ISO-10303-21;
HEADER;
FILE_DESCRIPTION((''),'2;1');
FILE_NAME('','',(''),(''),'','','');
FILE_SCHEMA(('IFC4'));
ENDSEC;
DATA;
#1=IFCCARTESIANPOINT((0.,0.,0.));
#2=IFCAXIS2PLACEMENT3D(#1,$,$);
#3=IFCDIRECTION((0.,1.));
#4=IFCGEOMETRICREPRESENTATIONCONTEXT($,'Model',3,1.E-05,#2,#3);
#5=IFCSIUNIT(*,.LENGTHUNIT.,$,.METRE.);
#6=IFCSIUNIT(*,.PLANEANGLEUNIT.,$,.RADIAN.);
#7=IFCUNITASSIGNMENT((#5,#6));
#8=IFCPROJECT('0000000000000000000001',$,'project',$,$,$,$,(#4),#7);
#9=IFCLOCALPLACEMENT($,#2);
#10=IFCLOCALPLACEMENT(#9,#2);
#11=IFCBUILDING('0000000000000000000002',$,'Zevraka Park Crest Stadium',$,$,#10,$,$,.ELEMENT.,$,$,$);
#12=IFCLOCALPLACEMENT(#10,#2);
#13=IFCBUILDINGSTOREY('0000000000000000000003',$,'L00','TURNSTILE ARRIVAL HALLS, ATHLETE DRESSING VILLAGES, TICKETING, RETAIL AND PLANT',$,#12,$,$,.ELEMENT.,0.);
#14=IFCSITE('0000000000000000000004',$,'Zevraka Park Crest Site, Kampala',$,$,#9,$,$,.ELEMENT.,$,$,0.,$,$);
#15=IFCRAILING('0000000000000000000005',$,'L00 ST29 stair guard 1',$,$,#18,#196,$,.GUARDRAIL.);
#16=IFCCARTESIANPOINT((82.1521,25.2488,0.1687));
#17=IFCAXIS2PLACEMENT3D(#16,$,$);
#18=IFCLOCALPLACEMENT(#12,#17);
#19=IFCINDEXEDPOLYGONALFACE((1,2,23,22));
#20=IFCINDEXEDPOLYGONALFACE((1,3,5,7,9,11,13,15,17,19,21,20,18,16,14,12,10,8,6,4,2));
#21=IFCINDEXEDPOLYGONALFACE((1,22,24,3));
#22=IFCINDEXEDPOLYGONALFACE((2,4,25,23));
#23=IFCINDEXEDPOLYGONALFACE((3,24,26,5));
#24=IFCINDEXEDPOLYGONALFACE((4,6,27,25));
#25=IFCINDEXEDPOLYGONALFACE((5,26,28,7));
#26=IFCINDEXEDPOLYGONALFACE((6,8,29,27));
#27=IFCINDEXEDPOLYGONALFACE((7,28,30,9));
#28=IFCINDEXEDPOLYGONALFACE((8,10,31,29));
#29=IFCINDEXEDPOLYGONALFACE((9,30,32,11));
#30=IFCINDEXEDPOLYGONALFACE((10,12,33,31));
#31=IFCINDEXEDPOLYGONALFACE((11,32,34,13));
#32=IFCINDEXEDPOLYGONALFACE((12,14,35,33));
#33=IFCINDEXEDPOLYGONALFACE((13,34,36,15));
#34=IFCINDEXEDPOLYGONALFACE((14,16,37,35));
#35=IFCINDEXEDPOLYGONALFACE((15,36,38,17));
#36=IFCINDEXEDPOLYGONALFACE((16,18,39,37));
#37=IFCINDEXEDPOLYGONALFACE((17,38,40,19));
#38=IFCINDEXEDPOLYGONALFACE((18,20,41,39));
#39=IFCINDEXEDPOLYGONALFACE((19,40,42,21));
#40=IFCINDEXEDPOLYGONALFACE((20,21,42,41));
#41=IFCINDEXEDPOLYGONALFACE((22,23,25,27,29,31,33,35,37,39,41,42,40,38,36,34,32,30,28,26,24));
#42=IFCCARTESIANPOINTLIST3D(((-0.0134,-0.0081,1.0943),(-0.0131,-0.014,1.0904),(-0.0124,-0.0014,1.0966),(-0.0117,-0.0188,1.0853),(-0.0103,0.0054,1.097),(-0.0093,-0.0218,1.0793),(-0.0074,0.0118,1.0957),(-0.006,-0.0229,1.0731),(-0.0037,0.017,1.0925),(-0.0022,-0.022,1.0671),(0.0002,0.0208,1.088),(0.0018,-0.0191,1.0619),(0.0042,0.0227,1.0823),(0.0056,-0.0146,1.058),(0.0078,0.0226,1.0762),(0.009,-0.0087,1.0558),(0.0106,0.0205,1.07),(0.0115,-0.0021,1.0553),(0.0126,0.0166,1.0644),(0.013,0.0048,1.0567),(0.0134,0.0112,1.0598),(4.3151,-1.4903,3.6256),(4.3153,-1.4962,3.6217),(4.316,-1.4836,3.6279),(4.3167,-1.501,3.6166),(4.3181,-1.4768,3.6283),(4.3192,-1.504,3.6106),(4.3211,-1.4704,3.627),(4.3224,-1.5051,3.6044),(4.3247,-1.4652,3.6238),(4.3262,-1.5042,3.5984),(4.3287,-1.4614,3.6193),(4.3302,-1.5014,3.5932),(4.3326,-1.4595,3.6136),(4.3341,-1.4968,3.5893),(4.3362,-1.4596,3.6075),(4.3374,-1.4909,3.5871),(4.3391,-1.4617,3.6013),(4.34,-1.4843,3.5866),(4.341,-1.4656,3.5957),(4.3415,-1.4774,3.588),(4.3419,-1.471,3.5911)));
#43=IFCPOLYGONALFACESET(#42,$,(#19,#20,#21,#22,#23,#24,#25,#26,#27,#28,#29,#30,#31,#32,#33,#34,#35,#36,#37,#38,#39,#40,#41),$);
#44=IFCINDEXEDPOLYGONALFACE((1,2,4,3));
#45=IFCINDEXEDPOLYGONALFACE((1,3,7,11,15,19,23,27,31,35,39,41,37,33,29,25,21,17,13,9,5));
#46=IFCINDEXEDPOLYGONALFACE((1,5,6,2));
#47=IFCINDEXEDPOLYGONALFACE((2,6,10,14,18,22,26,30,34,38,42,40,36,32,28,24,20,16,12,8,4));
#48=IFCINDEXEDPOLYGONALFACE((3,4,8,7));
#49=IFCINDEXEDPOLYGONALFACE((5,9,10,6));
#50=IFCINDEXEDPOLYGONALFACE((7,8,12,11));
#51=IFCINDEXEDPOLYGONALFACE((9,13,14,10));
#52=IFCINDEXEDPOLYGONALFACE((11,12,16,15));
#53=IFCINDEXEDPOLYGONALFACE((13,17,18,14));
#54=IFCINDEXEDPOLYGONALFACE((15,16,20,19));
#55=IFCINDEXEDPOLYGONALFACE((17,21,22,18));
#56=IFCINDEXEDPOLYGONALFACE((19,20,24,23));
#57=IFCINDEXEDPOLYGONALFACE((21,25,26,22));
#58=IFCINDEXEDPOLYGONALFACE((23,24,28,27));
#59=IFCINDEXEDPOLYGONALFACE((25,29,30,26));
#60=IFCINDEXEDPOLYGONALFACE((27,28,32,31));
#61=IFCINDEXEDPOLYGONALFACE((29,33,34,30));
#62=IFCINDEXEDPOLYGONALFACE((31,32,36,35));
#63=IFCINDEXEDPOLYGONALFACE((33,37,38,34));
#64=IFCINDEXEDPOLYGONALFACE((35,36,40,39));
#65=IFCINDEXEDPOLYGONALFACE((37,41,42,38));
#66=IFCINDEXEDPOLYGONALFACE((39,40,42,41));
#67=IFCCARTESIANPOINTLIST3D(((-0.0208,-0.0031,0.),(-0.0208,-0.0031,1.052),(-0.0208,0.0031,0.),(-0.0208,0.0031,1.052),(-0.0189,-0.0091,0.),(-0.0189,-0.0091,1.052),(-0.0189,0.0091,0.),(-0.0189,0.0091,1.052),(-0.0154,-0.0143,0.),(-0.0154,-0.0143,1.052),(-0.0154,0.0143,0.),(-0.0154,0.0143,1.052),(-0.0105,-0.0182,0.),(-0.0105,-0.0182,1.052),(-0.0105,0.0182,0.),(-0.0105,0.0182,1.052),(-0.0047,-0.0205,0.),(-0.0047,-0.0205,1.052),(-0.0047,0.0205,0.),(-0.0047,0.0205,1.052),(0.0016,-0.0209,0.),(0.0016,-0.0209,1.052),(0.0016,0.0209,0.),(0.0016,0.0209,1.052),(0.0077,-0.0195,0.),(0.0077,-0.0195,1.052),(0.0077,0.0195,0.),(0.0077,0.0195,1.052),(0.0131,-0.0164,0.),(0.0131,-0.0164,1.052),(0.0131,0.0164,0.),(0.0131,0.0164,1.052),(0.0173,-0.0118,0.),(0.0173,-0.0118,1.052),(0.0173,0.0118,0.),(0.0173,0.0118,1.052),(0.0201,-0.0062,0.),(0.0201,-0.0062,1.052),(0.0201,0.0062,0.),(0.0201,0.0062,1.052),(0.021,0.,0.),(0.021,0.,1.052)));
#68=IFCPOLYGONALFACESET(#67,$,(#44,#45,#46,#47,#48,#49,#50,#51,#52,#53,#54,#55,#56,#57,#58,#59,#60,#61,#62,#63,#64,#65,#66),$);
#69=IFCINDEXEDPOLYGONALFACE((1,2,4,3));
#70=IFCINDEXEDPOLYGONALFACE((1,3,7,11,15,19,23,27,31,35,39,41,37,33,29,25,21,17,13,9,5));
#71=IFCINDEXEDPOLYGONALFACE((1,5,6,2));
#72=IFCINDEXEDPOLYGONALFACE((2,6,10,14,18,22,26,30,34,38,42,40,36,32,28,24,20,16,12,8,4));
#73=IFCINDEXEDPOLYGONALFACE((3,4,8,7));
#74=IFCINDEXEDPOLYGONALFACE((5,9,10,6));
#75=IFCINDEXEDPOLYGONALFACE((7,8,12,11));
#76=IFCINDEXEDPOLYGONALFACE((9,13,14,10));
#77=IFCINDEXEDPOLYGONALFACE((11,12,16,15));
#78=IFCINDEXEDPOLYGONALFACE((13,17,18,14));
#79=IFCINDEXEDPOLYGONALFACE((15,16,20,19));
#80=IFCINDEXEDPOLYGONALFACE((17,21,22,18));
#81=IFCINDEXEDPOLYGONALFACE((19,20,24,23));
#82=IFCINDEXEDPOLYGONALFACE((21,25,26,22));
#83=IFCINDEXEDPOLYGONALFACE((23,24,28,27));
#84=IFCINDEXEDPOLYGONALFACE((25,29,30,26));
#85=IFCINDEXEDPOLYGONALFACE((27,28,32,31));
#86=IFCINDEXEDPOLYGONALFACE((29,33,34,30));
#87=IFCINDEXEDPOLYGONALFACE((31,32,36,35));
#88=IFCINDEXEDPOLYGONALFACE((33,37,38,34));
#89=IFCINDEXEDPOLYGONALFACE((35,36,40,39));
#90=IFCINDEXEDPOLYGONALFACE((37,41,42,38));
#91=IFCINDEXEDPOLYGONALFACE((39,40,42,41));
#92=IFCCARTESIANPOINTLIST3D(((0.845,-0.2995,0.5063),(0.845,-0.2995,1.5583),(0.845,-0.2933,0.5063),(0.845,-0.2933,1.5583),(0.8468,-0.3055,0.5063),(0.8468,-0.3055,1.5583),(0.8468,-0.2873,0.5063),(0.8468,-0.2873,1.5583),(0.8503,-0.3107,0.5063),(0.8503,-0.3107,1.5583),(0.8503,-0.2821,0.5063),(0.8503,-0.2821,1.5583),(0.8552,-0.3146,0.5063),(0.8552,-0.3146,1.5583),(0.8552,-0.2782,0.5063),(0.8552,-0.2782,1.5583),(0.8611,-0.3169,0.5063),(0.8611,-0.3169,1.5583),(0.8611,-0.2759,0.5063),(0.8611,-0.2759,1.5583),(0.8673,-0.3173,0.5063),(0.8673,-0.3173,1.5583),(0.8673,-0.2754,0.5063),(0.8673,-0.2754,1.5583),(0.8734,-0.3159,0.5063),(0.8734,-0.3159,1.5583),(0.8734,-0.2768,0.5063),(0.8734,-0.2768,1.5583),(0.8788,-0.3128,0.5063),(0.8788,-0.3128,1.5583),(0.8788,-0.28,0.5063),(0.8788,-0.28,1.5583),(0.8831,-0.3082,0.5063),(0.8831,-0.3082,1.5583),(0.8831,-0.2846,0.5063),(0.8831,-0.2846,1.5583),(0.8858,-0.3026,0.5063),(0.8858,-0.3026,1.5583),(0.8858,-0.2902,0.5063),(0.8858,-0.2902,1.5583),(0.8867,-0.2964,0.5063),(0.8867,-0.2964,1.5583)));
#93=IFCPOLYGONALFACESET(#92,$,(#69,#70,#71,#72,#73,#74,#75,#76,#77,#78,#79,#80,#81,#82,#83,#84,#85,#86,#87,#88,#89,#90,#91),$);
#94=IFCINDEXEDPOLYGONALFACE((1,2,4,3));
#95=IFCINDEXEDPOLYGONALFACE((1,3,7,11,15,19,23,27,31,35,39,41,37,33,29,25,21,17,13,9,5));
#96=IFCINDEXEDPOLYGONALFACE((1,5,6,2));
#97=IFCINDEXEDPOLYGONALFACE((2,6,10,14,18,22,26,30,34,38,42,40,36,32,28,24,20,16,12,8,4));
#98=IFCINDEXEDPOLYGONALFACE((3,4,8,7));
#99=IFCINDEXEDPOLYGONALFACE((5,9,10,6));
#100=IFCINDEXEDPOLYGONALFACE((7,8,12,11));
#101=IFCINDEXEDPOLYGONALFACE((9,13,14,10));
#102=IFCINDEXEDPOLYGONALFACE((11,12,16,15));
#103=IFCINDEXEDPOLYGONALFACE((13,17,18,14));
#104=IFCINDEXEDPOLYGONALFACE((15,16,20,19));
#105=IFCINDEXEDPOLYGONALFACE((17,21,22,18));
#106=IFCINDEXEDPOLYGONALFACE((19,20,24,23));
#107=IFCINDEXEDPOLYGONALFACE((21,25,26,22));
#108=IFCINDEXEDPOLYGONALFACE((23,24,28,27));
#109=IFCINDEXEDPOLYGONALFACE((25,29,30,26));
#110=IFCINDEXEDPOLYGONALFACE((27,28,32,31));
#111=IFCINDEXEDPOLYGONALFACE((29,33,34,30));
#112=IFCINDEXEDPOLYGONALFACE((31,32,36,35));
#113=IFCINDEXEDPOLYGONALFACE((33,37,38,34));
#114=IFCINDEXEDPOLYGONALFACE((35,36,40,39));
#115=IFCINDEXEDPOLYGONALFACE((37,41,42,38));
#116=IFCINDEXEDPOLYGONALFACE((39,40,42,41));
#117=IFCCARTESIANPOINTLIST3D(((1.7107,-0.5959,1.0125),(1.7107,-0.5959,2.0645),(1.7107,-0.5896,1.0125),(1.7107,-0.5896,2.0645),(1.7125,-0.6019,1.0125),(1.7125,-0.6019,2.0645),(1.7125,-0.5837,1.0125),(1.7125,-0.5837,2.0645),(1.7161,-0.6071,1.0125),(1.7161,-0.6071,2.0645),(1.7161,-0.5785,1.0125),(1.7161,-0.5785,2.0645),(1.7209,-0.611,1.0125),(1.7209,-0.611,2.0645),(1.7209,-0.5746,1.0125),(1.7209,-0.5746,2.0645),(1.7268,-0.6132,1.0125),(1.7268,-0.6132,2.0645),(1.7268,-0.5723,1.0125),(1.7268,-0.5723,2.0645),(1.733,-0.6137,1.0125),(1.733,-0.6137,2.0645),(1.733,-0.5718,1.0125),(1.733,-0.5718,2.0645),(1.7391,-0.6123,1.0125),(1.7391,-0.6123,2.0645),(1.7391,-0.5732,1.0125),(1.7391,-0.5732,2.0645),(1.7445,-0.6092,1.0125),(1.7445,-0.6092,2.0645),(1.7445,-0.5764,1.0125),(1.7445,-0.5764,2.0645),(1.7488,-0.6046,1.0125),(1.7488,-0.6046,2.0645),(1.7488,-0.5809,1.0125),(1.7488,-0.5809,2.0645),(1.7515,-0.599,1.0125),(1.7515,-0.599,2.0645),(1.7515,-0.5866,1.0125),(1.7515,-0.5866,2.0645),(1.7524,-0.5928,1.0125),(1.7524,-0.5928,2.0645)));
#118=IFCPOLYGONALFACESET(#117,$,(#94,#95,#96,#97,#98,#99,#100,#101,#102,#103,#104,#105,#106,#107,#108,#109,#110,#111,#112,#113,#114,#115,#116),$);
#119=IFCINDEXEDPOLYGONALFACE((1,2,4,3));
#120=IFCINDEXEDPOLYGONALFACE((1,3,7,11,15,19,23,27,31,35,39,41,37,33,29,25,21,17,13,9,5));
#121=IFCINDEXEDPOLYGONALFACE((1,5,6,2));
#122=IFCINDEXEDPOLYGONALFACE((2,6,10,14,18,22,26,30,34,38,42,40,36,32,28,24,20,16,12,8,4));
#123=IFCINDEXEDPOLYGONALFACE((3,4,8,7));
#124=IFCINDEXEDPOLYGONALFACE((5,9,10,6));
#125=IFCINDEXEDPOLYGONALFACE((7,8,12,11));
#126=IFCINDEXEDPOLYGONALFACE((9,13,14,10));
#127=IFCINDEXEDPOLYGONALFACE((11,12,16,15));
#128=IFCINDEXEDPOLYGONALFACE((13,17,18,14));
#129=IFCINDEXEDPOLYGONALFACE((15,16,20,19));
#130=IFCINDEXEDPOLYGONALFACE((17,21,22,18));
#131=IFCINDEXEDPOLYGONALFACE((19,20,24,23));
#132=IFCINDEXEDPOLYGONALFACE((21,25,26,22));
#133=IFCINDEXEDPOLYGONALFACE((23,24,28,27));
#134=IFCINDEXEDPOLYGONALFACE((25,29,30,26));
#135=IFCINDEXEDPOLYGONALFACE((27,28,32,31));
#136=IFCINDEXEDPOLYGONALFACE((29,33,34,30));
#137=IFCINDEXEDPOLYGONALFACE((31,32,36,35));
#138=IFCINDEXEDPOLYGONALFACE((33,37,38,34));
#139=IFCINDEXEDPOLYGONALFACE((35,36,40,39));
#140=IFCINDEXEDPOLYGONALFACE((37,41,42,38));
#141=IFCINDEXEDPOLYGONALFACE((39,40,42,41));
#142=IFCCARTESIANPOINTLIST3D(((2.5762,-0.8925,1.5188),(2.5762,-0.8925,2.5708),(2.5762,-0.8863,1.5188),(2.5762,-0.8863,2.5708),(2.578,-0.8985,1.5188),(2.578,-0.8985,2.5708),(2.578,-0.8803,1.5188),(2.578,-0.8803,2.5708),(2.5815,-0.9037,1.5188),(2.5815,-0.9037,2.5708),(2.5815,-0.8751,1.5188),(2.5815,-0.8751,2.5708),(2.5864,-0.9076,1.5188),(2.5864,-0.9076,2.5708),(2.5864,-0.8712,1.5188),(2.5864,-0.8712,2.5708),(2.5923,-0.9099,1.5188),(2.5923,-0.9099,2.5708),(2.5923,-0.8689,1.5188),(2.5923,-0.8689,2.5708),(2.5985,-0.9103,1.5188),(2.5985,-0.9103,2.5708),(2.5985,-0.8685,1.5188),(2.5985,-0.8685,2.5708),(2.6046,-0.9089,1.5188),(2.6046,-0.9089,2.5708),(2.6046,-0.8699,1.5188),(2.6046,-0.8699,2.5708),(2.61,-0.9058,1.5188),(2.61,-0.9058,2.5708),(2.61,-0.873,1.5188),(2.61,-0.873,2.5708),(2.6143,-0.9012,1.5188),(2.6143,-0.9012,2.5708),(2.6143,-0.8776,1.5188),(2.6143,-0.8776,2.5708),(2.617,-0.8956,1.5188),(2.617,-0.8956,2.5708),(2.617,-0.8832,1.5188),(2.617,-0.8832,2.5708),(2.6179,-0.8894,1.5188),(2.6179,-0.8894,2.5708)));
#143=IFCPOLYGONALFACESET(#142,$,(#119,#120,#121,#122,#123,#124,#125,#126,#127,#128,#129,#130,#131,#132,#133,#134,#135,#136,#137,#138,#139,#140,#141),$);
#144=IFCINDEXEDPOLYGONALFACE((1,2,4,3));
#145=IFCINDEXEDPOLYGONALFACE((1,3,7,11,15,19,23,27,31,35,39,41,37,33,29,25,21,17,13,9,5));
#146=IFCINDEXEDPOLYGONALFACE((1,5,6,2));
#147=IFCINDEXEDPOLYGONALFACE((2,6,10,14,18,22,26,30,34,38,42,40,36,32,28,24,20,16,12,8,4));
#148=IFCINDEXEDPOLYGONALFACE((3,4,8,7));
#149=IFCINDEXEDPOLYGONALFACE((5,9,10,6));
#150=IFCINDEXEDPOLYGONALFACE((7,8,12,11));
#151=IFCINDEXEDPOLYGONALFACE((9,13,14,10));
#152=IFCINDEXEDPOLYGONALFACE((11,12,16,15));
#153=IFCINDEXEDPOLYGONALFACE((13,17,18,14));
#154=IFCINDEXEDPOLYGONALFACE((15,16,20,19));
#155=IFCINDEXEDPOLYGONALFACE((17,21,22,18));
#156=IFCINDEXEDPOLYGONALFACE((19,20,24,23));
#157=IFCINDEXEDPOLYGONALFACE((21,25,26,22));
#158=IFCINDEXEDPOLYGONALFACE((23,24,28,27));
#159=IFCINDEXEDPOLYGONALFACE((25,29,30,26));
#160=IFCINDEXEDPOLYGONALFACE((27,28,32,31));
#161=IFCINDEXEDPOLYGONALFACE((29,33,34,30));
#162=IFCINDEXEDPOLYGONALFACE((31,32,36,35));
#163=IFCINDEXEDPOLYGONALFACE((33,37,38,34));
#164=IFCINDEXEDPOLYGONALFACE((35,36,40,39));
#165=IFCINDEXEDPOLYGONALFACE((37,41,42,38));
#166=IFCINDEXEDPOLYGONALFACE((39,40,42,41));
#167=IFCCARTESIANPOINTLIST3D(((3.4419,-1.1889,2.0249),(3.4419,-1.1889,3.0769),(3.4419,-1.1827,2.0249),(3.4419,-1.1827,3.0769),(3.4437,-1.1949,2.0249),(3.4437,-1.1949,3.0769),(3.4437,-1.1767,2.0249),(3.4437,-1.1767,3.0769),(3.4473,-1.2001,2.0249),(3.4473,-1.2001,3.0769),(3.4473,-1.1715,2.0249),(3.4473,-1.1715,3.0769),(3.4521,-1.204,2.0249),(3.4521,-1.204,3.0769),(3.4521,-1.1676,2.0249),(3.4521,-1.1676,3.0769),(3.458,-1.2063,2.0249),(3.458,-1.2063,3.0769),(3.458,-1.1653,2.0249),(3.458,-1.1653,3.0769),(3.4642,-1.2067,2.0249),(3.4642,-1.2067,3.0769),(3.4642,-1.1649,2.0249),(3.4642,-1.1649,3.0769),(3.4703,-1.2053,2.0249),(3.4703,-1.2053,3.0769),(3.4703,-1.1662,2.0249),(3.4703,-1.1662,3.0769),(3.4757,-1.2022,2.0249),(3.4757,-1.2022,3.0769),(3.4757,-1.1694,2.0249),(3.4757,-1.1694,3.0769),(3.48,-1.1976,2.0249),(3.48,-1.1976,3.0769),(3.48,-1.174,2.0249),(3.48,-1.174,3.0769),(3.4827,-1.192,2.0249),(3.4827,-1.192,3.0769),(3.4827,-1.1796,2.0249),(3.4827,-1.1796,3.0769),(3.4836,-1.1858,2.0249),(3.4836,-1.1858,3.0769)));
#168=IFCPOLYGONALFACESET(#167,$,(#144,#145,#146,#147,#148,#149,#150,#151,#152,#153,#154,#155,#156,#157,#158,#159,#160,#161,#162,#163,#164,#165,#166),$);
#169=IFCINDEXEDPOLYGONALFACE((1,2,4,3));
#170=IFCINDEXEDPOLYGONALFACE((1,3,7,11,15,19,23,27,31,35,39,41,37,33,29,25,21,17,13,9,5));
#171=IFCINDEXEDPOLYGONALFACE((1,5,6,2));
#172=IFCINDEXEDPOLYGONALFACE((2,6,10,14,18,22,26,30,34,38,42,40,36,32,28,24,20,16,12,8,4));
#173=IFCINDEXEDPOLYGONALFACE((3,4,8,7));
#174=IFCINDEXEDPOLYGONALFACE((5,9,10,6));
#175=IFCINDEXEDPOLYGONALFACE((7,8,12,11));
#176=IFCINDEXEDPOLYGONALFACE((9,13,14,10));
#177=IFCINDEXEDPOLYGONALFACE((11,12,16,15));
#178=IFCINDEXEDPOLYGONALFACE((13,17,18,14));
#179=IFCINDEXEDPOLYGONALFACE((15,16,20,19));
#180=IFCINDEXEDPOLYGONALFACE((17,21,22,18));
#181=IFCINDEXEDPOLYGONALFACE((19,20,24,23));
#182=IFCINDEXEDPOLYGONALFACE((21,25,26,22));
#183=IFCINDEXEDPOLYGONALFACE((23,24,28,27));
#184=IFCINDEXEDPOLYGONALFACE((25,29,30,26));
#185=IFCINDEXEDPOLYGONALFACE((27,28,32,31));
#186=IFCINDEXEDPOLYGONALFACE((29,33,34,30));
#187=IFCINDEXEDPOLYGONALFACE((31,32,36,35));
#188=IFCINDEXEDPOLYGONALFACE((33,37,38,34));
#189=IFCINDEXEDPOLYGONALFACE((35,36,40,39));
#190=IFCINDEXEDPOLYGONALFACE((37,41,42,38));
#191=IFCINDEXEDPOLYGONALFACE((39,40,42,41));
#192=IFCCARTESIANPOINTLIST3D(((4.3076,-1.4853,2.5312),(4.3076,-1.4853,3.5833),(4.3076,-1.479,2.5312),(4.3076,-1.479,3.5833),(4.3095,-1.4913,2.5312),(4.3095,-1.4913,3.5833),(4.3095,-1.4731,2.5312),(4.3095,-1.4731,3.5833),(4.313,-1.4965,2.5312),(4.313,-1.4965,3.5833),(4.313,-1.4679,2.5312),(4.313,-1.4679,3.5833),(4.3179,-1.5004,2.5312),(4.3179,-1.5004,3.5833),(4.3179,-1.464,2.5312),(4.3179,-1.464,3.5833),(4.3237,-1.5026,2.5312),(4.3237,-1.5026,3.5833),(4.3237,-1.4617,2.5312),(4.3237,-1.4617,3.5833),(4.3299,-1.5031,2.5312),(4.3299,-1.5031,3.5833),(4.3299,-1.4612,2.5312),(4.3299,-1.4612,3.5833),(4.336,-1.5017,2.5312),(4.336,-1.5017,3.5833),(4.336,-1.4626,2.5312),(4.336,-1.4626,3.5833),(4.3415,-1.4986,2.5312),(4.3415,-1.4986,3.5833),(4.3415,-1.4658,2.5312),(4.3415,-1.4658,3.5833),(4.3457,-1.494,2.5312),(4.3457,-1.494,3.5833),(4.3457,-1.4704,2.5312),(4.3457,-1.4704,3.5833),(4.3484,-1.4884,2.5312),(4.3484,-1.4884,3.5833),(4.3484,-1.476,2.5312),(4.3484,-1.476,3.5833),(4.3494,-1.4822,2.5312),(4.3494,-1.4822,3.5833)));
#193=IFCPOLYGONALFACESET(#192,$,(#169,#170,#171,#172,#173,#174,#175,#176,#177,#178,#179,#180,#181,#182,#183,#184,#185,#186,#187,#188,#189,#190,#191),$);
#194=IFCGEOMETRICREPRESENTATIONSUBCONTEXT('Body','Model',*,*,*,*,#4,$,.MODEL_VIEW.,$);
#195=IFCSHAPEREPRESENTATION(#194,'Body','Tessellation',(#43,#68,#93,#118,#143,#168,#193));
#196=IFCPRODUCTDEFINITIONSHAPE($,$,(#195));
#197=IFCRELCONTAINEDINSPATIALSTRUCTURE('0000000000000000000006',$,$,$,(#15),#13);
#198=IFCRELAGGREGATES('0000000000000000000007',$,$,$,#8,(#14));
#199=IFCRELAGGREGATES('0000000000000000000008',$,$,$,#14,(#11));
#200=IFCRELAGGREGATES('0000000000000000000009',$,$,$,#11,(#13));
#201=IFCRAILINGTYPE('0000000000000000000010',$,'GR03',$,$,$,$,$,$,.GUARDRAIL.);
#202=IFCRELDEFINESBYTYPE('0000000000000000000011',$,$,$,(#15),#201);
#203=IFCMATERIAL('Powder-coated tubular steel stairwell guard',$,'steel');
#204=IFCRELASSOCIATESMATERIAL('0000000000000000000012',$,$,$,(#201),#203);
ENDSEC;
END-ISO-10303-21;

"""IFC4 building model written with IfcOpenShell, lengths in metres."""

from ifc_helpers import new_model, si_unit, direction, frame, origin, origin_2d, place, context, subcontext, project, spatial, circle, extrude, material, type_object, element, save


model = new_model("IFC4")

# Units and contexts
model_context = context("Model", 3, precision=1e-05, world=origin(), true_north=direction((0.0, 1.0)))
body_context = subcontext(model_context, "Body", "Model", "MODEL_VIEW")
ifc_project = project(units=[si_unit("LENGTHUNIT", "METRE"), si_unit("PLANEANGLEUNIT", "RADIAN")], contexts=[model_context])

# Site, building, storey
site_placement = place(None, origin())
site = spatial("IfcSite", under=ifc_project, at=site_placement, Name="Zevraka Park Crest Site, Kampala", CompositionType="ELEMENT", RefElevation=0.0)
building_placement = place(site_placement, origin())
building = spatial("IfcBuilding", under=site, at=building_placement, Name="Zevraka Park Crest Stadium", CompositionType="ELEMENT")
storey_placement = place(building_placement, origin())
storey = spatial("IfcBuildingStorey", under=building, at=storey_placement, Name="L00", Description="TURNSTILE ARRIVAL HALLS, ATHLETE DRESSING VILLAGES, TICKETING, RETAIL AND PLANT", CompositionType="ELEMENT", Elevation=0.0)

# Railing
ifc_material_1 = material(Name="Powder-coated tubular steel stairwell guard", Category="steel")
railing_type_1 = type_object("IfcRailingType", Name="GR03", PredefinedType="GUARDRAIL", material=ifc_material_1)
railing_1_placement = place(storey_placement, frame((82.1521, 25.2488, 0.1687)))
element("IfcRailing", 1, at=railing_1_placement, inside=storey, type_object=railing_type_1, Name="L00 ST29 stair guard 1", PredefinedType="GUARDRAIL", context=body_context, shape_type="SweptSolid", body=[
    extrude(circle(Radius=0.0239, at=origin_2d()), frame((0.0, 0.0, 1.0762), z_axis=(0.827817, -0.283472, 0.484111), x_axis=(0.323965, 0.946069, 0.0)), (0.0, 0.0, 1.0), 5.2288),
    extrude(circle(Radius=0.021, at=origin_2d()), origin(), (0.0, 0.0, 1.0), 1.052),
    extrude(circle(Radius=0.021, at=origin_2d()), frame((0.8657, -0.2964, 0.5063)), (0.0, 0.0, 1.0), 1.052),
    extrude(circle(Radius=0.021, at=origin_2d()), frame((1.7314, -0.5928, 1.0125)), (0.0, 0.0, 1.0), 1.052),
    extrude(circle(Radius=0.021, at=origin_2d()), frame((2.5969, -0.8894, 1.5188)), (0.0, 0.0, 1.0), 1.052),
    extrude(circle(Radius=0.021, at=origin_2d()), frame((3.4626, -1.1858, 2.0249)), (0.0, 0.0, 1.0), 1.052),
    extrude(circle(Radius=0.021, at=origin_2d()), frame((4.3284, -1.4822, 2.5312)), (0.0, 0.0, 1.0), 1.052),
])

save(model, "model.ifc")
